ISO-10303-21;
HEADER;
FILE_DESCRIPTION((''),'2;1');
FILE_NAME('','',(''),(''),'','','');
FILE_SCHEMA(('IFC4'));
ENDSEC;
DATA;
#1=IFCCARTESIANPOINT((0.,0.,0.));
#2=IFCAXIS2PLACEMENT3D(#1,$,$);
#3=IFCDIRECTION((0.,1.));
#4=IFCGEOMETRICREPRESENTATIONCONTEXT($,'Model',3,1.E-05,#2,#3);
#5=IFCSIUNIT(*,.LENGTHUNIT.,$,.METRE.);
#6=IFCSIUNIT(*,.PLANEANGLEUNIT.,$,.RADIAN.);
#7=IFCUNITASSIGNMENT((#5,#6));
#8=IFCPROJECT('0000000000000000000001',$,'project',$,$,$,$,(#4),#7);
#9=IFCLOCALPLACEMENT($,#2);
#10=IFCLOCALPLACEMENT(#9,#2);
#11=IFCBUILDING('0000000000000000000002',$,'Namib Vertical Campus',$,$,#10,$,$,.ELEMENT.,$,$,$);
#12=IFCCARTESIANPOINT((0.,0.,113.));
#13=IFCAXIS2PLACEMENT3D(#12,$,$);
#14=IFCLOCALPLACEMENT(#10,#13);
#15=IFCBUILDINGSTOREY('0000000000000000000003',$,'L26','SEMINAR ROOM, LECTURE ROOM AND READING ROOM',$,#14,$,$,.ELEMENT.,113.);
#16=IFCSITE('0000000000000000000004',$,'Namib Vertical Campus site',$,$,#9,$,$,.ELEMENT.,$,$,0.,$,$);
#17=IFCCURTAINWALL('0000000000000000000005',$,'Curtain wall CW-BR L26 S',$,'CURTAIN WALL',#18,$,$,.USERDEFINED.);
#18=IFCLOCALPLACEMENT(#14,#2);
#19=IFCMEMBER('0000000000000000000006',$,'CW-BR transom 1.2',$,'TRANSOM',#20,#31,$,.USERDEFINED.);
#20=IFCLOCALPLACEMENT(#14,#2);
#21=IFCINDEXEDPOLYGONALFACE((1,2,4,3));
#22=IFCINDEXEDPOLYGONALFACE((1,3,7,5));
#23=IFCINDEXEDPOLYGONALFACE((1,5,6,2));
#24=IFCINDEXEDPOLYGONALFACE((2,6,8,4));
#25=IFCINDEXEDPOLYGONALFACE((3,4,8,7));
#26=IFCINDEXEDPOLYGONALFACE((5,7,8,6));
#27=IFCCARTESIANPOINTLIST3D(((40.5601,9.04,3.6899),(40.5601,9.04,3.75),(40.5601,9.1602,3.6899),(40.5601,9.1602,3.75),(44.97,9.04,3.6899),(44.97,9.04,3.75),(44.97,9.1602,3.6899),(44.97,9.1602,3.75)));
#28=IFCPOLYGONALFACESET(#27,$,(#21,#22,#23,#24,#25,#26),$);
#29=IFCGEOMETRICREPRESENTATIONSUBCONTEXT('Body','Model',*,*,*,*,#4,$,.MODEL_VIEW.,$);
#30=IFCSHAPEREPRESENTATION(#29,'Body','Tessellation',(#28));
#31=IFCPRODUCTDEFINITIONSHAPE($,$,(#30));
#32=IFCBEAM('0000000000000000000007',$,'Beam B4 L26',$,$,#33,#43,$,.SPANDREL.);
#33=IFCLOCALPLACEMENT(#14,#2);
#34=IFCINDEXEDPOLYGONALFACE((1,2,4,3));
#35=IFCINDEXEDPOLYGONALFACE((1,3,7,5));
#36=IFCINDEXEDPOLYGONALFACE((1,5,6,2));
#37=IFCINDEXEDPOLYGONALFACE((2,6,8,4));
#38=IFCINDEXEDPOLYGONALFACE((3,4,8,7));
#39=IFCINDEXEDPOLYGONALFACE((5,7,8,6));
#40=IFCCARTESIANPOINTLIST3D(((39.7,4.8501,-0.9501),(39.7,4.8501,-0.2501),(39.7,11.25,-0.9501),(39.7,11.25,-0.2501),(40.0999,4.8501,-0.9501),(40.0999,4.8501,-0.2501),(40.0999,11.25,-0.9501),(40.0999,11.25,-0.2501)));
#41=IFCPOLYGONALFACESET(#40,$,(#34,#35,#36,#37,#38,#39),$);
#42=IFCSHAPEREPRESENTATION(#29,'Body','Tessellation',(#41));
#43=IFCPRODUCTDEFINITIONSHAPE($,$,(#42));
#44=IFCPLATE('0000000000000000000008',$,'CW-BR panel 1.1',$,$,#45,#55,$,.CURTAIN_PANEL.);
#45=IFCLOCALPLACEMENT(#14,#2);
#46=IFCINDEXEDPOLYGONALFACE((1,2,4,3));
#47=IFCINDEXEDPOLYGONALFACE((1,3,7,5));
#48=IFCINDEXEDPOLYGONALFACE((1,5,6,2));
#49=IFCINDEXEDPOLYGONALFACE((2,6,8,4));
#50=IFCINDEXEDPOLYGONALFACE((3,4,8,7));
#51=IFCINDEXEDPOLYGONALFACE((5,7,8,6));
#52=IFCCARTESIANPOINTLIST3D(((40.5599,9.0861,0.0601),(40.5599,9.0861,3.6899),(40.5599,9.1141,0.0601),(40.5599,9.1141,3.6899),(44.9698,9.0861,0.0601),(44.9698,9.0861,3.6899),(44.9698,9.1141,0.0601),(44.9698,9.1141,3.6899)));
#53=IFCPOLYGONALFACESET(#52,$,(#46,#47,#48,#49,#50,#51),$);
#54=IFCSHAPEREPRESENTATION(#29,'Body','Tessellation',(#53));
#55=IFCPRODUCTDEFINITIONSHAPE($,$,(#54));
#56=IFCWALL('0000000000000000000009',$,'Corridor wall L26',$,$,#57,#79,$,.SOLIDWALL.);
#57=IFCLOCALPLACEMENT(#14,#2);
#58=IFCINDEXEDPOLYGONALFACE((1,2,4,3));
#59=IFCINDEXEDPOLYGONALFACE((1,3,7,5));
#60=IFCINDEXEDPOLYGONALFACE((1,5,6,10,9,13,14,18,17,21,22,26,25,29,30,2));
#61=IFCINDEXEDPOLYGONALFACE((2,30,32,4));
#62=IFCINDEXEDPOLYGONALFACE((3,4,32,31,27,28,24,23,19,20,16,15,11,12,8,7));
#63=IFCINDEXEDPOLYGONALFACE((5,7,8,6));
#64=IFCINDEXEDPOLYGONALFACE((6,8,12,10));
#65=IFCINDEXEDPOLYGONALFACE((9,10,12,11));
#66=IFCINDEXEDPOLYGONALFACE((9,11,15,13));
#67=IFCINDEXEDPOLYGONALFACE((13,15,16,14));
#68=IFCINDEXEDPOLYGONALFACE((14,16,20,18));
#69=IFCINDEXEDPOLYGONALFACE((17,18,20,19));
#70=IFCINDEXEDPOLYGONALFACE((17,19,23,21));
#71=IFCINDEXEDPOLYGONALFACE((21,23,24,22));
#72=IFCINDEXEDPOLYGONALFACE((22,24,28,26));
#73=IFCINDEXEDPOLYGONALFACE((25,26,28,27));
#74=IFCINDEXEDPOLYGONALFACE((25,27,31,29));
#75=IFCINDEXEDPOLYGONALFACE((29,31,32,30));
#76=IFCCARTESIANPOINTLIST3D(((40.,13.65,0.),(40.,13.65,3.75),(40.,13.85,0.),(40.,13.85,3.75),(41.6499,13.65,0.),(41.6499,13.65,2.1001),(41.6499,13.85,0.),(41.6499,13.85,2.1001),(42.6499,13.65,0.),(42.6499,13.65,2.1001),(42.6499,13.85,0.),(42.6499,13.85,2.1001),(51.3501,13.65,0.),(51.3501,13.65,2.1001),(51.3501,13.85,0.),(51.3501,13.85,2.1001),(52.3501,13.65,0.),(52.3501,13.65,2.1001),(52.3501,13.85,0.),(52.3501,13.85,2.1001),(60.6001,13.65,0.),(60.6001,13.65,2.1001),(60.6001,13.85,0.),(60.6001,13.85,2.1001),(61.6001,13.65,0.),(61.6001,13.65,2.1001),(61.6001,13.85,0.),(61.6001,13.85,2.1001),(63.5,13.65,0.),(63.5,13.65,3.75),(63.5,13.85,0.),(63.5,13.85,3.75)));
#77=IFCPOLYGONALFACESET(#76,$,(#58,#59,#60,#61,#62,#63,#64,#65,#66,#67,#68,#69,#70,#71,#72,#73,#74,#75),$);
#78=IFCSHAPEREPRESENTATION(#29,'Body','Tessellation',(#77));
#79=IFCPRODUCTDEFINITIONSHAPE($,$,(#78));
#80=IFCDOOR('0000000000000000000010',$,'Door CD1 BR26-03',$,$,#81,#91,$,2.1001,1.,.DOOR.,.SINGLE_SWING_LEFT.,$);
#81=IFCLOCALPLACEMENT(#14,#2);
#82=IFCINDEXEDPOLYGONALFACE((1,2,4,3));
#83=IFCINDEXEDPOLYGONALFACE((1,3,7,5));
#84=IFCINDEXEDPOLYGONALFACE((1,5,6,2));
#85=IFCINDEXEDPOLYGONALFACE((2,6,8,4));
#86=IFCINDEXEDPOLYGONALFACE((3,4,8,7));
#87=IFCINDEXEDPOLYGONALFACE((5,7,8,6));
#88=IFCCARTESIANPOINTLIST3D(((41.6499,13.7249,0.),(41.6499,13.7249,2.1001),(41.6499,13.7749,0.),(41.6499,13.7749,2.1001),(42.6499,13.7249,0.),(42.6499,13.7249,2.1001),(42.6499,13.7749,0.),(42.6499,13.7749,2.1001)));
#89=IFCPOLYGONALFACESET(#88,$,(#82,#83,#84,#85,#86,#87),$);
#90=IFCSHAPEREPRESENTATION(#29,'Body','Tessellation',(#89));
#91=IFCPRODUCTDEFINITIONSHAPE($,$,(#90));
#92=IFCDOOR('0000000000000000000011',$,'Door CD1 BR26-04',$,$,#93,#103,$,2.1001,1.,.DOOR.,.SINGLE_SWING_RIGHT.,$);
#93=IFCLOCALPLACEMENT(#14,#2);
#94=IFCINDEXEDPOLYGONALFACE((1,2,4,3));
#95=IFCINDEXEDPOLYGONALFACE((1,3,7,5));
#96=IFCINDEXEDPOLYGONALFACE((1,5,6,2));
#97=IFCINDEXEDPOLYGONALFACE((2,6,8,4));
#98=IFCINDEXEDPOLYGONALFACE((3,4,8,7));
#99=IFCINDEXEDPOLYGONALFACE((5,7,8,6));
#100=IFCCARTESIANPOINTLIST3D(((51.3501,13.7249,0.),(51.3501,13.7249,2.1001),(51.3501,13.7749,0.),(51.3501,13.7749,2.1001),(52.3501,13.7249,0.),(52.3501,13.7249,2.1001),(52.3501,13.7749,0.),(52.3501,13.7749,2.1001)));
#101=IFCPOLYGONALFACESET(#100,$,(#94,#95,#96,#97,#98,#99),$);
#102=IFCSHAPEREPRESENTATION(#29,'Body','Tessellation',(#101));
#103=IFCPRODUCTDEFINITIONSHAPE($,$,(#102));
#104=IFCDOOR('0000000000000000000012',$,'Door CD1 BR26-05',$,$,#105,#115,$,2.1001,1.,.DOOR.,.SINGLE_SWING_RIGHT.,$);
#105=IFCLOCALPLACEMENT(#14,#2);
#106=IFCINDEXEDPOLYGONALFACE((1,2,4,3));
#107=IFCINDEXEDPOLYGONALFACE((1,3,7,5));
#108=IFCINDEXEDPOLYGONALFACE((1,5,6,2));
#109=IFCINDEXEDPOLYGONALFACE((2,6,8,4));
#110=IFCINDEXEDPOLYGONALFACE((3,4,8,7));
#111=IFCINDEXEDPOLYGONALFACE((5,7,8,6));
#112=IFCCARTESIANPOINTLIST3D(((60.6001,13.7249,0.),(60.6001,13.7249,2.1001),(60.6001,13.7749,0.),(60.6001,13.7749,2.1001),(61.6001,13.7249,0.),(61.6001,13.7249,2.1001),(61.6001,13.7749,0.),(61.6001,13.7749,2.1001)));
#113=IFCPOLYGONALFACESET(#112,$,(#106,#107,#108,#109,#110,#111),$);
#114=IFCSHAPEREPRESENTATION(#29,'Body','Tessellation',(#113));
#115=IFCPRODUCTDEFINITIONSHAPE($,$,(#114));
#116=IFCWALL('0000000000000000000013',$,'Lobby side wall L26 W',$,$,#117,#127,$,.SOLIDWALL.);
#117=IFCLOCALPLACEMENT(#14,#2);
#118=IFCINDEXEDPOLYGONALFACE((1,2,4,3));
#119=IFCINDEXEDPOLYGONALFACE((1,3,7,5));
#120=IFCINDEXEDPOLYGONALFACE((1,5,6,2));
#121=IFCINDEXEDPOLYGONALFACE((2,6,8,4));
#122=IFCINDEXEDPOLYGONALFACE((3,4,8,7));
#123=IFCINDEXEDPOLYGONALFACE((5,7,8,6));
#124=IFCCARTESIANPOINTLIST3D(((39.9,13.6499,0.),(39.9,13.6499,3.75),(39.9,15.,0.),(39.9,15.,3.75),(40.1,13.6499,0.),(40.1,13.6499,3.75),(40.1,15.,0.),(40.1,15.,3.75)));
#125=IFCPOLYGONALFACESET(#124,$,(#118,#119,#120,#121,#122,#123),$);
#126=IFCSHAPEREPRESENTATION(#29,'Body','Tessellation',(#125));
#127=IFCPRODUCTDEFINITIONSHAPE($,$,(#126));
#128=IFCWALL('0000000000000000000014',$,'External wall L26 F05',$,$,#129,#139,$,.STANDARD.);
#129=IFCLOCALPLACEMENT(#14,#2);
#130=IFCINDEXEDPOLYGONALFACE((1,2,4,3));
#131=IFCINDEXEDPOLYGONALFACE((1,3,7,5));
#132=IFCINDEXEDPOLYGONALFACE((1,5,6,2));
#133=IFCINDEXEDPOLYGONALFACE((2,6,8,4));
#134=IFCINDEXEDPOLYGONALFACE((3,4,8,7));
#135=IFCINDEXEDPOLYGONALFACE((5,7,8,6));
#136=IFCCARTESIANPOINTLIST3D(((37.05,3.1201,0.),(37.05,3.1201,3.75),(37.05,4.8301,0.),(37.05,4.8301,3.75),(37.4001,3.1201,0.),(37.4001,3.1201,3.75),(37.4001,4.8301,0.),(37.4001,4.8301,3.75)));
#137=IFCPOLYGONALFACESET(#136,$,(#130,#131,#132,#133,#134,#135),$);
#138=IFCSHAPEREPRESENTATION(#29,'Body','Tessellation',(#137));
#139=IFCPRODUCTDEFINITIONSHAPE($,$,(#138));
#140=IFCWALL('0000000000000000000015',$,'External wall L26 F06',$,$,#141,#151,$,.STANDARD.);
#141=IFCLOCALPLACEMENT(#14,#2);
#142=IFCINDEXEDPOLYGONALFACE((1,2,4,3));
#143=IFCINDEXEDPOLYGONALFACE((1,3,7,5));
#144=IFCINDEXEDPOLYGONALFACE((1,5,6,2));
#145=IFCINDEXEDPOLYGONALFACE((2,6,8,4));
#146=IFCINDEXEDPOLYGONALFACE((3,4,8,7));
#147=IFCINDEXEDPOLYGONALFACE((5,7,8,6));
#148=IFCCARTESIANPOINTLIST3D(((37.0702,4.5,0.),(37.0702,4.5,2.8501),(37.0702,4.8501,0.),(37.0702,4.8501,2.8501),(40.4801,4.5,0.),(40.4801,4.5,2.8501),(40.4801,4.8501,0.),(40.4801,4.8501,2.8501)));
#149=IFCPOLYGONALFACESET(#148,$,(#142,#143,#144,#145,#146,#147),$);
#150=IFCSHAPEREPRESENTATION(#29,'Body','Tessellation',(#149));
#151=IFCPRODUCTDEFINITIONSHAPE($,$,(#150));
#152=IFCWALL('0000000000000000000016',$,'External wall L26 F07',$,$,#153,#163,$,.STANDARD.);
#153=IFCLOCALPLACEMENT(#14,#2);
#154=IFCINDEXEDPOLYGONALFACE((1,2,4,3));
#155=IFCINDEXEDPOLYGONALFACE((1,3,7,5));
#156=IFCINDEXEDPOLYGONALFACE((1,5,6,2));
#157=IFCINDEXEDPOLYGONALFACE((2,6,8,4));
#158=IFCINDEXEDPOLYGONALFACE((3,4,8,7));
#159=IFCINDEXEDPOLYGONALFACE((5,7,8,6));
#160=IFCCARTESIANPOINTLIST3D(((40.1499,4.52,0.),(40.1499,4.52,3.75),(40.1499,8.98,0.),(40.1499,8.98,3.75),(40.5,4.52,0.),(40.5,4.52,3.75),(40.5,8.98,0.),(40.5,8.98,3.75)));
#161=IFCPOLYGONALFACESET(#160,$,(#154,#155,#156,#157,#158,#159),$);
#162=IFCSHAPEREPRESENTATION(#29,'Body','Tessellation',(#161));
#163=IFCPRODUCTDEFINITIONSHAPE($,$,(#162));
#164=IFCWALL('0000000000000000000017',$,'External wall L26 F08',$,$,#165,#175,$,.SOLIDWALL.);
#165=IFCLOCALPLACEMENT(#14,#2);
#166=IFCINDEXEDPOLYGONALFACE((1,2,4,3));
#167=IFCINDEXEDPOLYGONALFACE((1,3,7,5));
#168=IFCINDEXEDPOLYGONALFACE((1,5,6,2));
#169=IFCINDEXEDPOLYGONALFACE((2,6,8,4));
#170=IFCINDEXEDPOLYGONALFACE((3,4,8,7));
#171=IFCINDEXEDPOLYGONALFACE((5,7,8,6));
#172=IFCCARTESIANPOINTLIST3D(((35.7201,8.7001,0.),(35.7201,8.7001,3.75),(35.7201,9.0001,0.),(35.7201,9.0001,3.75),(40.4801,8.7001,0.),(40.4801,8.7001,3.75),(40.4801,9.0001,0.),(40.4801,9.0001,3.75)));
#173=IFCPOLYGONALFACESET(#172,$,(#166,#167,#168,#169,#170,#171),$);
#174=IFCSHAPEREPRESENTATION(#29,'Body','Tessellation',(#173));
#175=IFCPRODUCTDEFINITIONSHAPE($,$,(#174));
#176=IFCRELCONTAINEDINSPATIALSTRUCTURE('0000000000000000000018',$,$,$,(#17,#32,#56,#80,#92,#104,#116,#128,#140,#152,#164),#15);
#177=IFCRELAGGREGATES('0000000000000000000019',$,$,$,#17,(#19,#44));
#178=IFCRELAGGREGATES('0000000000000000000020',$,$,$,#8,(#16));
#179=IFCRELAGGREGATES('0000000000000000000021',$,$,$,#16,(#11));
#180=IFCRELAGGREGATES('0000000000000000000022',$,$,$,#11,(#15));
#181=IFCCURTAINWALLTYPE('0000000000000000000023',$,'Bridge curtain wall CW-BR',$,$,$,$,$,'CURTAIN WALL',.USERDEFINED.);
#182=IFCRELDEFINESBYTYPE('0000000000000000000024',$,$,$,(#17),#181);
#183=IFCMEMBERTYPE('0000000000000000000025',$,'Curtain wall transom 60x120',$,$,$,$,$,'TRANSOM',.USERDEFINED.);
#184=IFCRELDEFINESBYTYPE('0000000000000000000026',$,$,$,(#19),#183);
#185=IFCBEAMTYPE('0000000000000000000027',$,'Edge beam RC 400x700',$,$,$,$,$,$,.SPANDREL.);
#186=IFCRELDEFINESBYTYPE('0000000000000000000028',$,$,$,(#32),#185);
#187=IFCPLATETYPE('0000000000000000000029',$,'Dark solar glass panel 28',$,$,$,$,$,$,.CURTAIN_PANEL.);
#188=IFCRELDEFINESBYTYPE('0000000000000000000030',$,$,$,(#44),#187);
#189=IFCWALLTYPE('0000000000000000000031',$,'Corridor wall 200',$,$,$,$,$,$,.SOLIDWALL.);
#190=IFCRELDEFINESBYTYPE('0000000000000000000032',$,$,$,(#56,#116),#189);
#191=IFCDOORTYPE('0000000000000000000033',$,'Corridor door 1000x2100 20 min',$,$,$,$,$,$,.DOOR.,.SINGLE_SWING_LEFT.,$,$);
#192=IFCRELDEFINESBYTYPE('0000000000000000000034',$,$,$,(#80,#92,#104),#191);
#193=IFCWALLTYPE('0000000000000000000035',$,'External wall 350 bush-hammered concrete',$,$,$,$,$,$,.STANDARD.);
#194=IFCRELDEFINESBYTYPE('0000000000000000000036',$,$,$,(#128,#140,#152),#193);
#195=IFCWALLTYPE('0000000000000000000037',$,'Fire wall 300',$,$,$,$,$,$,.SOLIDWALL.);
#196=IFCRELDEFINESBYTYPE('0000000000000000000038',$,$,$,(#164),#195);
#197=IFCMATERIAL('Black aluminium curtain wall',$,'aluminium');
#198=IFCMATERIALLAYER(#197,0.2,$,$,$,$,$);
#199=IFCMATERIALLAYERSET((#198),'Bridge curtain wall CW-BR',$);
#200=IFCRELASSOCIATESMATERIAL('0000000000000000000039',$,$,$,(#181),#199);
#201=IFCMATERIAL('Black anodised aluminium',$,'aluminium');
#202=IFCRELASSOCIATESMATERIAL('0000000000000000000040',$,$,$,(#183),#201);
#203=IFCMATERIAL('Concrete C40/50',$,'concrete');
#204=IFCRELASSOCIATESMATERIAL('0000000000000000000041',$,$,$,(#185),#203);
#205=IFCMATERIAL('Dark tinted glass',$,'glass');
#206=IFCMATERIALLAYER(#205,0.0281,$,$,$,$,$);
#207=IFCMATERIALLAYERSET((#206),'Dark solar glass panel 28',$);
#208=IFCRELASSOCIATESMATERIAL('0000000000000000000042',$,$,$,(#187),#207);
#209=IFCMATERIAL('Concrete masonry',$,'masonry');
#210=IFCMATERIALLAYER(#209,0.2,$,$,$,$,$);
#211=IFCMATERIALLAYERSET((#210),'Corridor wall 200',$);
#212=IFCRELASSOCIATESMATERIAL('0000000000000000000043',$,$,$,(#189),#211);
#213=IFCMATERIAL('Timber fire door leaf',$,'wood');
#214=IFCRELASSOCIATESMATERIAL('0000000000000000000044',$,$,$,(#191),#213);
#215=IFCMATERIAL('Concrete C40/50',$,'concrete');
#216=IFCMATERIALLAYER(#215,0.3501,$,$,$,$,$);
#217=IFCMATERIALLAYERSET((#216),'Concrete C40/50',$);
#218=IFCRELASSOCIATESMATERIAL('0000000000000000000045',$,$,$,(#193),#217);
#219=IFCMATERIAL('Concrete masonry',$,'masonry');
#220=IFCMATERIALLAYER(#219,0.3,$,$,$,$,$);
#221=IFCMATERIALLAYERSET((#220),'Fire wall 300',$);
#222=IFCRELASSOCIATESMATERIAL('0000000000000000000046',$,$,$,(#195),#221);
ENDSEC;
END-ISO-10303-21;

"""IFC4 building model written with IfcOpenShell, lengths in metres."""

from ifc_helpers import new_model, si_unit, direction, frame, frame_2d, origin, origin_2d, place, context, subcontext, project, spatial, rectangle, extrude, material, layer, layer_set, material_profile, profile_set, type_object, element, fill, aggregate, save


model = new_model("IFC4")

# Units and contexts
model_context = context("Model", 3, precision=1e-05, world=origin(), true_north=direction((0.0, 1.0)))
body_context = subcontext(model_context, "Body", "Model", "MODEL_VIEW")
ifc_project = project(units=[si_unit("LENGTHUNIT", "METRE"), si_unit("PLANEANGLEUNIT", "RADIAN")], contexts=[model_context])

# Site, building, storey
site_placement = place(None, origin())
site = spatial("IfcSite", under=ifc_project, at=site_placement, Name="Namib Vertical Campus site", CompositionType="ELEMENT", RefElevation=0.0)
building_placement = place(site_placement, origin())
building = spatial("IfcBuilding", under=site, at=building_placement, Name="Namib Vertical Campus", CompositionType="ELEMENT")
storey_placement = place(building_placement, frame((0.0, 0.0, 113.0)))
storey = spatial("IfcBuildingStorey", under=building, at=storey_placement, Name="L26", Description="SEMINAR ROOM, LECTURE ROOM AND READING ROOM", CompositionType="ELEMENT", Elevation=113.0)

# Curtain wall, member
ifc_material_1 = material(Name="Black aluminium curtain wall", Category="aluminium")
ifc_layer_1 = layer(ifc_material_1, 0.2)
ifc_layer_set_1 = layer_set([ifc_layer_1], Name="Bridge curtain wall CW-BR")
curtain_wall_type = type_object("IfcCurtainWallType", Name="Bridge curtain wall CW-BR", ElementType="CURTAIN WALL", PredefinedType="USERDEFINED", material=ifc_layer_set_1)
curtain_wall_placement = place(storey_placement, origin())
curtain_wall = element("IfcCurtainWall", 1, at=curtain_wall_placement, inside=storey, type_object=curtain_wall_type, Name="Curtain wall CW-BR L26 S", ObjectType="CURTAIN WALL", PredefinedType="USERDEFINED")
ifc_material_2 = material(Name="Black anodised aluminium", Category="aluminium")
ifc_material_profile_1 = material_profile(ifc_material_2, rectangle(XDim=0.0601, YDim=0.1201, at=origin_2d()))
ifc_profile_set_1 = profile_set([ifc_material_profile_1], Name="Black anodised aluminium")
member_type_1 = type_object("IfcMemberType", Name="Curtain wall transom 60x120", ElementType="TRANSOM", PredefinedType="USERDEFINED", material=ifc_profile_set_1)
member_1_placement = place(storey_placement, frame((40.5601, 9.1001, 3.72), z_axis=(1.0, 0.0, 0.0), x_axis=(0.0, 0.0, 1.0)))
member_1 = element("IfcMember", 2, at=member_1_placement, type_object=member_type_1, Name="CW-BR transom 1.2", ObjectType="TRANSOM", PredefinedType="USERDEFINED", context=body_context, shape_type="SweptSolid", body=[
    extrude(rectangle(XDim=0.0601, YDim=0.1201, at=origin_2d()), origin(), (0.0, 0.0, 1.0), 4.4099),
])

# Beam
ifc_material_3 = material(Name="Concrete C40/50", Category="concrete")
ifc_material_profile_2 = material_profile(ifc_material_3, rectangle(XDim=0.3999, YDim=0.7, at=origin_2d()))
ifc_profile_set_2 = profile_set([ifc_material_profile_2], Name="Concrete C40/50")
beam_type_1 = type_object("IfcBeamType", Name="Edge beam RC 400x700", PredefinedType="SPANDREL", material=ifc_profile_set_2)
beam_placement = place(storey_placement, frame((39.8999, 4.8501, -0.6001), z_axis=(0.0, 1.0, 0.0), x_axis=(-1.0, 0.0, 0.0)))
element("IfcBeam", 3, at=beam_placement, inside=storey, type_object=beam_type_1, Name="Beam B4 L26", PredefinedType="SPANDREL", context=body_context, shape_type="SweptSolid", body=[
    extrude(rectangle(XDim=0.3999, YDim=0.7, at=origin_2d()), origin(), (0.0, 0.0, 1.0), 6.3999),
])

# Plate
ifc_material_4 = material(Name="Dark tinted glass", Category="glass")
ifc_layer_2 = layer(ifc_material_4, 0.0281)
ifc_layer_set_2 = layer_set([ifc_layer_2], Name="Dark solar glass panel 28")
plate_type = type_object("IfcPlateType", Name="Dark solar glass panel 28", PredefinedType="CURTAIN_PANEL", material=ifc_layer_set_2)
plate_placement = place(storey_placement, frame((42.7649, 9.1001, 0.0601), z_axis=(0.0, 0.0, 1.0), x_axis=(1.0, 0.0, 0.0)))
plate = element("IfcPlate", 4, at=plate_placement, type_object=plate_type, Name="CW-BR panel 1.1", PredefinedType="CURTAIN_PANEL", context=body_context, shape_type="SweptSolid", body=[
    extrude(rectangle(XDim=4.4099, YDim=0.0281, at=origin_2d()), origin(), (0.0, 0.0, 1.0), 3.6299),
])
aggregate(curtain_wall, [member_1, plate])

# Wall, openings, doors
ifc_material_5 = material(Name="Concrete masonry", Category="masonry")
ifc_layer_3 = layer(ifc_material_5, 0.2)
ifc_layer_set_3 = layer_set([ifc_layer_3], Name="Corridor wall 200")
wall_type_1 = type_object("IfcWallType", Name="Corridor wall 200", PredefinedType="SOLIDWALL", material=ifc_layer_set_3)
wall_1_placement = place(storey_placement, frame((40.0, 13.75, 0.0), z_axis=(0.0, 0.0, 1.0), x_axis=(1.0, 0.0, 0.0)))
wall_1 = element("IfcWall", 5, at=wall_1_placement, inside=storey, type_object=wall_type_1, Name="Corridor wall L26", PredefinedType="SOLIDWALL", context=body_context, shape_type="SweptSolid", body=[
    extrude(rectangle(XDim=23.5, YDim=0.2, at=frame_2d((11.75, 0.0))), origin(), (0.0, 0.0, 1.0), 3.75),
])
opening_1_placement = place(wall_1_placement, frame((1.6499, 0.0, 0.0)))
opening_1 = element("IfcOpeningElement", 6, at=opening_1_placement, cuts=wall_1, PredefinedType="OPENING", context=body_context, shape_type="SweptSolid", body=[
    extrude(rectangle(XDim=1.0, YDim=2.1001, at=frame_2d((0.5, 1.05))), frame((0.0, 0.1099, 0.0), z_axis=(0.0, -1.0, 0.0), x_axis=(1.0, 0.0, 0.0)), (0.0, 0.0, 1.0), 0.22),
])
opening_2_placement = place(wall_1_placement, frame((11.3501, 0.0, 0.0)))
opening_2 = element("IfcOpeningElement", 7, at=opening_2_placement, cuts=wall_1, PredefinedType="OPENING", context=body_context, shape_type="SweptSolid", body=[
    extrude(rectangle(XDim=1.0, YDim=2.1001, at=frame_2d((0.5, 1.05))), frame((0.0, 0.1099, 0.0), z_axis=(0.0, -1.0, 0.0), x_axis=(1.0, 0.0, 0.0)), (0.0, 0.0, 1.0), 0.22),
])
opening_3_placement = place(wall_1_placement, frame((20.6001, 0.0, 0.0)))
opening_3 = element("IfcOpeningElement", 8, at=opening_3_placement, cuts=wall_1, PredefinedType="OPENING", context=body_context, shape_type="SweptSolid", body=[
    extrude(rectangle(XDim=1.0, YDim=2.1001, at=frame_2d((0.5, 1.05))), frame((0.0, 0.1099, 0.0), z_axis=(0.0, -1.0, 0.0), x_axis=(1.0, 0.0, 0.0)), (0.0, 0.0, 1.0), 0.22),
])
ifc_material_6 = material(Name="Timber fire door leaf", Category="wood")
door_type = type_object("IfcDoorType", Name="Corridor door 1000x2100 20 min", OperationType="SINGLE_SWING_LEFT", PredefinedType="DOOR", material=ifc_material_6)
door_1_placement = place(opening_1_placement, origin())
door_1 = element("IfcDoor", 9, at=door_1_placement, inside=storey, type_object=door_type, Name="Door CD1 BR26-03", OperationType="SINGLE_SWING_LEFT", OverallHeight=2.1001, OverallWidth=1.0, PredefinedType="DOOR", context=body_context, shape_type="SweptSolid", body=[
    extrude(rectangle(XDim=1.0, YDim=2.1001, at=frame_2d((0.5, 1.05))), frame((0.0, 0.0249, 0.0), z_axis=(0.0, -1.0, 0.0), x_axis=(1.0, 0.0, 0.0)), (0.0, 0.0, 1.0), 0.05),
])
fill(opening_1, door_1)
door_2_placement = place(opening_2_placement, origin())
door_2 = element("IfcDoor", 10, at=door_2_placement, inside=storey, type_object=door_type, Name="Door CD1 BR26-04", OperationType="SINGLE_SWING_RIGHT", OverallHeight=2.1001, OverallWidth=1.0, PredefinedType="DOOR", context=body_context, shape_type="SweptSolid", body=[
    extrude(rectangle(XDim=1.0, YDim=2.1001, at=frame_2d((0.5, 1.05))), frame((0.0, 0.0249, 0.0), z_axis=(0.0, -1.0, 0.0), x_axis=(1.0, 0.0, 0.0)), (0.0, 0.0, 1.0), 0.05),
])
fill(opening_2, door_2)
door_3_placement = place(opening_3_placement, origin())
door_3 = element("IfcDoor", 11, at=door_3_placement, inside=storey, type_object=door_type, Name="Door CD1 BR26-05", OperationType="SINGLE_SWING_RIGHT", OverallHeight=2.1001, OverallWidth=1.0, PredefinedType="DOOR", context=body_context, shape_type="SweptSolid", body=[
    extrude(rectangle(XDim=1.0, YDim=2.1001, at=frame_2d((0.5, 1.05))), frame((0.0, 0.0249, 0.0), z_axis=(0.0, -1.0, 0.0), x_axis=(1.0, 0.0, 0.0)), (0.0, 0.0, 1.0), 0.05),
])
fill(opening_3, door_3)

# Walls
wall_2_placement = place(storey_placement, frame((40.0, 13.6499, 0.0), z_axis=(0.0, 0.0, 1.0), x_axis=(0.0, 1.0, 0.0)))
element("IfcWall", 12, at=wall_2_placement, inside=storey, type_object=wall_type_1, Name="Lobby side wall L26 W", PredefinedType="SOLIDWALL", context=body_context, shape_type="SweptSolid", body=[
    extrude(rectangle(XDim=1.3501, YDim=0.2, at=frame_2d((0.675, 0.0))), origin(), (0.0, 0.0, 1.0), 3.75),
])
ifc_material_7 = material(Name="Concrete C40/50", Category="concrete")
ifc_layer_4 = layer(ifc_material_7, 0.3501)
ifc_layer_set_4 = layer_set([ifc_layer_4], Name="Concrete C40/50")
wall_type_2 = type_object("IfcWallType", Name="External wall 350 bush-hammered concrete", PredefinedType="STANDARD", material=ifc_layer_set_4)
wall_3_placement = place(storey_placement, frame((37.2251, 3.1201, 0.0), z_axis=(0.0, 0.0, 1.0), x_axis=(0.0, 1.0, 0.0)))
element("IfcWall", 13, at=wall_3_placement, inside=storey, type_object=wall_type_2, Name="External wall L26 F05", PredefinedType="STANDARD", context=body_context, shape_type="SweptSolid", body=[
    extrude(rectangle(XDim=1.71, YDim=0.3501, at=frame_2d((0.855, 0.0))), origin(), (0.0, 0.0, 1.0), 3.75),
])
wall_4_placement = place(storey_placement, frame((37.0701, 4.675, 0.0), z_axis=(0.0, 0.0, 1.0), x_axis=(1.0, 0.0, 0.0)))
element("IfcWall", 14, at=wall_4_placement, inside=storey, type_object=wall_type_2, Name="External wall L26 F06", PredefinedType="STANDARD", context=body_context, shape_type="SweptSolid", body=[
    extrude(rectangle(XDim=3.4099, YDim=0.3501, at=frame_2d((1.7051, 0.0))), origin(), (0.0, 0.0, 1.0), 2.8501),
])
wall_5_placement = place(storey_placement, frame((40.325, 4.52, 0.0), z_axis=(0.0, 0.0, 1.0), x_axis=(0.0, 1.0, 0.0)))
element("IfcWall", 15, at=wall_5_placement, inside=storey, type_object=wall_type_2, Name="External wall L26 F07", PredefinedType="STANDARD", context=body_context, shape_type="SweptSolid", body=[
    extrude(rectangle(XDim=4.46, YDim=0.3501, at=frame_2d((2.23, 0.0))), origin(), (0.0, 0.0, 1.0), 3.75),
])
ifc_material_8 = material(Name="Concrete masonry", Category="masonry")
ifc_layer_5 = layer(ifc_material_8, 0.3)
ifc_layer_set_5 = layer_set([ifc_layer_5], Name="Fire wall 300")
wall_type_3 = type_object("IfcWallType", Name="Fire wall 300", PredefinedType="SOLIDWALL", material=ifc_layer_set_5)
wall_6_placement = place(storey_placement, frame((40.48, 8.8501, 0.0), z_axis=(0.0, 0.0, 1.0), x_axis=(-1.0, 0.0, 0.0)))
element("IfcWall", 16, at=wall_6_placement, inside=storey, type_object=wall_type_3, Name="External wall L26 F08", PredefinedType="SOLIDWALL", context=body_context, shape_type="SweptSolid", body=[
    extrude(rectangle(XDim=4.76, YDim=0.3, at=frame_2d((2.3799, 0.0))), origin(), (0.0, 0.0, 1.0), 3.75),
])

save(model, "model.ifc")
